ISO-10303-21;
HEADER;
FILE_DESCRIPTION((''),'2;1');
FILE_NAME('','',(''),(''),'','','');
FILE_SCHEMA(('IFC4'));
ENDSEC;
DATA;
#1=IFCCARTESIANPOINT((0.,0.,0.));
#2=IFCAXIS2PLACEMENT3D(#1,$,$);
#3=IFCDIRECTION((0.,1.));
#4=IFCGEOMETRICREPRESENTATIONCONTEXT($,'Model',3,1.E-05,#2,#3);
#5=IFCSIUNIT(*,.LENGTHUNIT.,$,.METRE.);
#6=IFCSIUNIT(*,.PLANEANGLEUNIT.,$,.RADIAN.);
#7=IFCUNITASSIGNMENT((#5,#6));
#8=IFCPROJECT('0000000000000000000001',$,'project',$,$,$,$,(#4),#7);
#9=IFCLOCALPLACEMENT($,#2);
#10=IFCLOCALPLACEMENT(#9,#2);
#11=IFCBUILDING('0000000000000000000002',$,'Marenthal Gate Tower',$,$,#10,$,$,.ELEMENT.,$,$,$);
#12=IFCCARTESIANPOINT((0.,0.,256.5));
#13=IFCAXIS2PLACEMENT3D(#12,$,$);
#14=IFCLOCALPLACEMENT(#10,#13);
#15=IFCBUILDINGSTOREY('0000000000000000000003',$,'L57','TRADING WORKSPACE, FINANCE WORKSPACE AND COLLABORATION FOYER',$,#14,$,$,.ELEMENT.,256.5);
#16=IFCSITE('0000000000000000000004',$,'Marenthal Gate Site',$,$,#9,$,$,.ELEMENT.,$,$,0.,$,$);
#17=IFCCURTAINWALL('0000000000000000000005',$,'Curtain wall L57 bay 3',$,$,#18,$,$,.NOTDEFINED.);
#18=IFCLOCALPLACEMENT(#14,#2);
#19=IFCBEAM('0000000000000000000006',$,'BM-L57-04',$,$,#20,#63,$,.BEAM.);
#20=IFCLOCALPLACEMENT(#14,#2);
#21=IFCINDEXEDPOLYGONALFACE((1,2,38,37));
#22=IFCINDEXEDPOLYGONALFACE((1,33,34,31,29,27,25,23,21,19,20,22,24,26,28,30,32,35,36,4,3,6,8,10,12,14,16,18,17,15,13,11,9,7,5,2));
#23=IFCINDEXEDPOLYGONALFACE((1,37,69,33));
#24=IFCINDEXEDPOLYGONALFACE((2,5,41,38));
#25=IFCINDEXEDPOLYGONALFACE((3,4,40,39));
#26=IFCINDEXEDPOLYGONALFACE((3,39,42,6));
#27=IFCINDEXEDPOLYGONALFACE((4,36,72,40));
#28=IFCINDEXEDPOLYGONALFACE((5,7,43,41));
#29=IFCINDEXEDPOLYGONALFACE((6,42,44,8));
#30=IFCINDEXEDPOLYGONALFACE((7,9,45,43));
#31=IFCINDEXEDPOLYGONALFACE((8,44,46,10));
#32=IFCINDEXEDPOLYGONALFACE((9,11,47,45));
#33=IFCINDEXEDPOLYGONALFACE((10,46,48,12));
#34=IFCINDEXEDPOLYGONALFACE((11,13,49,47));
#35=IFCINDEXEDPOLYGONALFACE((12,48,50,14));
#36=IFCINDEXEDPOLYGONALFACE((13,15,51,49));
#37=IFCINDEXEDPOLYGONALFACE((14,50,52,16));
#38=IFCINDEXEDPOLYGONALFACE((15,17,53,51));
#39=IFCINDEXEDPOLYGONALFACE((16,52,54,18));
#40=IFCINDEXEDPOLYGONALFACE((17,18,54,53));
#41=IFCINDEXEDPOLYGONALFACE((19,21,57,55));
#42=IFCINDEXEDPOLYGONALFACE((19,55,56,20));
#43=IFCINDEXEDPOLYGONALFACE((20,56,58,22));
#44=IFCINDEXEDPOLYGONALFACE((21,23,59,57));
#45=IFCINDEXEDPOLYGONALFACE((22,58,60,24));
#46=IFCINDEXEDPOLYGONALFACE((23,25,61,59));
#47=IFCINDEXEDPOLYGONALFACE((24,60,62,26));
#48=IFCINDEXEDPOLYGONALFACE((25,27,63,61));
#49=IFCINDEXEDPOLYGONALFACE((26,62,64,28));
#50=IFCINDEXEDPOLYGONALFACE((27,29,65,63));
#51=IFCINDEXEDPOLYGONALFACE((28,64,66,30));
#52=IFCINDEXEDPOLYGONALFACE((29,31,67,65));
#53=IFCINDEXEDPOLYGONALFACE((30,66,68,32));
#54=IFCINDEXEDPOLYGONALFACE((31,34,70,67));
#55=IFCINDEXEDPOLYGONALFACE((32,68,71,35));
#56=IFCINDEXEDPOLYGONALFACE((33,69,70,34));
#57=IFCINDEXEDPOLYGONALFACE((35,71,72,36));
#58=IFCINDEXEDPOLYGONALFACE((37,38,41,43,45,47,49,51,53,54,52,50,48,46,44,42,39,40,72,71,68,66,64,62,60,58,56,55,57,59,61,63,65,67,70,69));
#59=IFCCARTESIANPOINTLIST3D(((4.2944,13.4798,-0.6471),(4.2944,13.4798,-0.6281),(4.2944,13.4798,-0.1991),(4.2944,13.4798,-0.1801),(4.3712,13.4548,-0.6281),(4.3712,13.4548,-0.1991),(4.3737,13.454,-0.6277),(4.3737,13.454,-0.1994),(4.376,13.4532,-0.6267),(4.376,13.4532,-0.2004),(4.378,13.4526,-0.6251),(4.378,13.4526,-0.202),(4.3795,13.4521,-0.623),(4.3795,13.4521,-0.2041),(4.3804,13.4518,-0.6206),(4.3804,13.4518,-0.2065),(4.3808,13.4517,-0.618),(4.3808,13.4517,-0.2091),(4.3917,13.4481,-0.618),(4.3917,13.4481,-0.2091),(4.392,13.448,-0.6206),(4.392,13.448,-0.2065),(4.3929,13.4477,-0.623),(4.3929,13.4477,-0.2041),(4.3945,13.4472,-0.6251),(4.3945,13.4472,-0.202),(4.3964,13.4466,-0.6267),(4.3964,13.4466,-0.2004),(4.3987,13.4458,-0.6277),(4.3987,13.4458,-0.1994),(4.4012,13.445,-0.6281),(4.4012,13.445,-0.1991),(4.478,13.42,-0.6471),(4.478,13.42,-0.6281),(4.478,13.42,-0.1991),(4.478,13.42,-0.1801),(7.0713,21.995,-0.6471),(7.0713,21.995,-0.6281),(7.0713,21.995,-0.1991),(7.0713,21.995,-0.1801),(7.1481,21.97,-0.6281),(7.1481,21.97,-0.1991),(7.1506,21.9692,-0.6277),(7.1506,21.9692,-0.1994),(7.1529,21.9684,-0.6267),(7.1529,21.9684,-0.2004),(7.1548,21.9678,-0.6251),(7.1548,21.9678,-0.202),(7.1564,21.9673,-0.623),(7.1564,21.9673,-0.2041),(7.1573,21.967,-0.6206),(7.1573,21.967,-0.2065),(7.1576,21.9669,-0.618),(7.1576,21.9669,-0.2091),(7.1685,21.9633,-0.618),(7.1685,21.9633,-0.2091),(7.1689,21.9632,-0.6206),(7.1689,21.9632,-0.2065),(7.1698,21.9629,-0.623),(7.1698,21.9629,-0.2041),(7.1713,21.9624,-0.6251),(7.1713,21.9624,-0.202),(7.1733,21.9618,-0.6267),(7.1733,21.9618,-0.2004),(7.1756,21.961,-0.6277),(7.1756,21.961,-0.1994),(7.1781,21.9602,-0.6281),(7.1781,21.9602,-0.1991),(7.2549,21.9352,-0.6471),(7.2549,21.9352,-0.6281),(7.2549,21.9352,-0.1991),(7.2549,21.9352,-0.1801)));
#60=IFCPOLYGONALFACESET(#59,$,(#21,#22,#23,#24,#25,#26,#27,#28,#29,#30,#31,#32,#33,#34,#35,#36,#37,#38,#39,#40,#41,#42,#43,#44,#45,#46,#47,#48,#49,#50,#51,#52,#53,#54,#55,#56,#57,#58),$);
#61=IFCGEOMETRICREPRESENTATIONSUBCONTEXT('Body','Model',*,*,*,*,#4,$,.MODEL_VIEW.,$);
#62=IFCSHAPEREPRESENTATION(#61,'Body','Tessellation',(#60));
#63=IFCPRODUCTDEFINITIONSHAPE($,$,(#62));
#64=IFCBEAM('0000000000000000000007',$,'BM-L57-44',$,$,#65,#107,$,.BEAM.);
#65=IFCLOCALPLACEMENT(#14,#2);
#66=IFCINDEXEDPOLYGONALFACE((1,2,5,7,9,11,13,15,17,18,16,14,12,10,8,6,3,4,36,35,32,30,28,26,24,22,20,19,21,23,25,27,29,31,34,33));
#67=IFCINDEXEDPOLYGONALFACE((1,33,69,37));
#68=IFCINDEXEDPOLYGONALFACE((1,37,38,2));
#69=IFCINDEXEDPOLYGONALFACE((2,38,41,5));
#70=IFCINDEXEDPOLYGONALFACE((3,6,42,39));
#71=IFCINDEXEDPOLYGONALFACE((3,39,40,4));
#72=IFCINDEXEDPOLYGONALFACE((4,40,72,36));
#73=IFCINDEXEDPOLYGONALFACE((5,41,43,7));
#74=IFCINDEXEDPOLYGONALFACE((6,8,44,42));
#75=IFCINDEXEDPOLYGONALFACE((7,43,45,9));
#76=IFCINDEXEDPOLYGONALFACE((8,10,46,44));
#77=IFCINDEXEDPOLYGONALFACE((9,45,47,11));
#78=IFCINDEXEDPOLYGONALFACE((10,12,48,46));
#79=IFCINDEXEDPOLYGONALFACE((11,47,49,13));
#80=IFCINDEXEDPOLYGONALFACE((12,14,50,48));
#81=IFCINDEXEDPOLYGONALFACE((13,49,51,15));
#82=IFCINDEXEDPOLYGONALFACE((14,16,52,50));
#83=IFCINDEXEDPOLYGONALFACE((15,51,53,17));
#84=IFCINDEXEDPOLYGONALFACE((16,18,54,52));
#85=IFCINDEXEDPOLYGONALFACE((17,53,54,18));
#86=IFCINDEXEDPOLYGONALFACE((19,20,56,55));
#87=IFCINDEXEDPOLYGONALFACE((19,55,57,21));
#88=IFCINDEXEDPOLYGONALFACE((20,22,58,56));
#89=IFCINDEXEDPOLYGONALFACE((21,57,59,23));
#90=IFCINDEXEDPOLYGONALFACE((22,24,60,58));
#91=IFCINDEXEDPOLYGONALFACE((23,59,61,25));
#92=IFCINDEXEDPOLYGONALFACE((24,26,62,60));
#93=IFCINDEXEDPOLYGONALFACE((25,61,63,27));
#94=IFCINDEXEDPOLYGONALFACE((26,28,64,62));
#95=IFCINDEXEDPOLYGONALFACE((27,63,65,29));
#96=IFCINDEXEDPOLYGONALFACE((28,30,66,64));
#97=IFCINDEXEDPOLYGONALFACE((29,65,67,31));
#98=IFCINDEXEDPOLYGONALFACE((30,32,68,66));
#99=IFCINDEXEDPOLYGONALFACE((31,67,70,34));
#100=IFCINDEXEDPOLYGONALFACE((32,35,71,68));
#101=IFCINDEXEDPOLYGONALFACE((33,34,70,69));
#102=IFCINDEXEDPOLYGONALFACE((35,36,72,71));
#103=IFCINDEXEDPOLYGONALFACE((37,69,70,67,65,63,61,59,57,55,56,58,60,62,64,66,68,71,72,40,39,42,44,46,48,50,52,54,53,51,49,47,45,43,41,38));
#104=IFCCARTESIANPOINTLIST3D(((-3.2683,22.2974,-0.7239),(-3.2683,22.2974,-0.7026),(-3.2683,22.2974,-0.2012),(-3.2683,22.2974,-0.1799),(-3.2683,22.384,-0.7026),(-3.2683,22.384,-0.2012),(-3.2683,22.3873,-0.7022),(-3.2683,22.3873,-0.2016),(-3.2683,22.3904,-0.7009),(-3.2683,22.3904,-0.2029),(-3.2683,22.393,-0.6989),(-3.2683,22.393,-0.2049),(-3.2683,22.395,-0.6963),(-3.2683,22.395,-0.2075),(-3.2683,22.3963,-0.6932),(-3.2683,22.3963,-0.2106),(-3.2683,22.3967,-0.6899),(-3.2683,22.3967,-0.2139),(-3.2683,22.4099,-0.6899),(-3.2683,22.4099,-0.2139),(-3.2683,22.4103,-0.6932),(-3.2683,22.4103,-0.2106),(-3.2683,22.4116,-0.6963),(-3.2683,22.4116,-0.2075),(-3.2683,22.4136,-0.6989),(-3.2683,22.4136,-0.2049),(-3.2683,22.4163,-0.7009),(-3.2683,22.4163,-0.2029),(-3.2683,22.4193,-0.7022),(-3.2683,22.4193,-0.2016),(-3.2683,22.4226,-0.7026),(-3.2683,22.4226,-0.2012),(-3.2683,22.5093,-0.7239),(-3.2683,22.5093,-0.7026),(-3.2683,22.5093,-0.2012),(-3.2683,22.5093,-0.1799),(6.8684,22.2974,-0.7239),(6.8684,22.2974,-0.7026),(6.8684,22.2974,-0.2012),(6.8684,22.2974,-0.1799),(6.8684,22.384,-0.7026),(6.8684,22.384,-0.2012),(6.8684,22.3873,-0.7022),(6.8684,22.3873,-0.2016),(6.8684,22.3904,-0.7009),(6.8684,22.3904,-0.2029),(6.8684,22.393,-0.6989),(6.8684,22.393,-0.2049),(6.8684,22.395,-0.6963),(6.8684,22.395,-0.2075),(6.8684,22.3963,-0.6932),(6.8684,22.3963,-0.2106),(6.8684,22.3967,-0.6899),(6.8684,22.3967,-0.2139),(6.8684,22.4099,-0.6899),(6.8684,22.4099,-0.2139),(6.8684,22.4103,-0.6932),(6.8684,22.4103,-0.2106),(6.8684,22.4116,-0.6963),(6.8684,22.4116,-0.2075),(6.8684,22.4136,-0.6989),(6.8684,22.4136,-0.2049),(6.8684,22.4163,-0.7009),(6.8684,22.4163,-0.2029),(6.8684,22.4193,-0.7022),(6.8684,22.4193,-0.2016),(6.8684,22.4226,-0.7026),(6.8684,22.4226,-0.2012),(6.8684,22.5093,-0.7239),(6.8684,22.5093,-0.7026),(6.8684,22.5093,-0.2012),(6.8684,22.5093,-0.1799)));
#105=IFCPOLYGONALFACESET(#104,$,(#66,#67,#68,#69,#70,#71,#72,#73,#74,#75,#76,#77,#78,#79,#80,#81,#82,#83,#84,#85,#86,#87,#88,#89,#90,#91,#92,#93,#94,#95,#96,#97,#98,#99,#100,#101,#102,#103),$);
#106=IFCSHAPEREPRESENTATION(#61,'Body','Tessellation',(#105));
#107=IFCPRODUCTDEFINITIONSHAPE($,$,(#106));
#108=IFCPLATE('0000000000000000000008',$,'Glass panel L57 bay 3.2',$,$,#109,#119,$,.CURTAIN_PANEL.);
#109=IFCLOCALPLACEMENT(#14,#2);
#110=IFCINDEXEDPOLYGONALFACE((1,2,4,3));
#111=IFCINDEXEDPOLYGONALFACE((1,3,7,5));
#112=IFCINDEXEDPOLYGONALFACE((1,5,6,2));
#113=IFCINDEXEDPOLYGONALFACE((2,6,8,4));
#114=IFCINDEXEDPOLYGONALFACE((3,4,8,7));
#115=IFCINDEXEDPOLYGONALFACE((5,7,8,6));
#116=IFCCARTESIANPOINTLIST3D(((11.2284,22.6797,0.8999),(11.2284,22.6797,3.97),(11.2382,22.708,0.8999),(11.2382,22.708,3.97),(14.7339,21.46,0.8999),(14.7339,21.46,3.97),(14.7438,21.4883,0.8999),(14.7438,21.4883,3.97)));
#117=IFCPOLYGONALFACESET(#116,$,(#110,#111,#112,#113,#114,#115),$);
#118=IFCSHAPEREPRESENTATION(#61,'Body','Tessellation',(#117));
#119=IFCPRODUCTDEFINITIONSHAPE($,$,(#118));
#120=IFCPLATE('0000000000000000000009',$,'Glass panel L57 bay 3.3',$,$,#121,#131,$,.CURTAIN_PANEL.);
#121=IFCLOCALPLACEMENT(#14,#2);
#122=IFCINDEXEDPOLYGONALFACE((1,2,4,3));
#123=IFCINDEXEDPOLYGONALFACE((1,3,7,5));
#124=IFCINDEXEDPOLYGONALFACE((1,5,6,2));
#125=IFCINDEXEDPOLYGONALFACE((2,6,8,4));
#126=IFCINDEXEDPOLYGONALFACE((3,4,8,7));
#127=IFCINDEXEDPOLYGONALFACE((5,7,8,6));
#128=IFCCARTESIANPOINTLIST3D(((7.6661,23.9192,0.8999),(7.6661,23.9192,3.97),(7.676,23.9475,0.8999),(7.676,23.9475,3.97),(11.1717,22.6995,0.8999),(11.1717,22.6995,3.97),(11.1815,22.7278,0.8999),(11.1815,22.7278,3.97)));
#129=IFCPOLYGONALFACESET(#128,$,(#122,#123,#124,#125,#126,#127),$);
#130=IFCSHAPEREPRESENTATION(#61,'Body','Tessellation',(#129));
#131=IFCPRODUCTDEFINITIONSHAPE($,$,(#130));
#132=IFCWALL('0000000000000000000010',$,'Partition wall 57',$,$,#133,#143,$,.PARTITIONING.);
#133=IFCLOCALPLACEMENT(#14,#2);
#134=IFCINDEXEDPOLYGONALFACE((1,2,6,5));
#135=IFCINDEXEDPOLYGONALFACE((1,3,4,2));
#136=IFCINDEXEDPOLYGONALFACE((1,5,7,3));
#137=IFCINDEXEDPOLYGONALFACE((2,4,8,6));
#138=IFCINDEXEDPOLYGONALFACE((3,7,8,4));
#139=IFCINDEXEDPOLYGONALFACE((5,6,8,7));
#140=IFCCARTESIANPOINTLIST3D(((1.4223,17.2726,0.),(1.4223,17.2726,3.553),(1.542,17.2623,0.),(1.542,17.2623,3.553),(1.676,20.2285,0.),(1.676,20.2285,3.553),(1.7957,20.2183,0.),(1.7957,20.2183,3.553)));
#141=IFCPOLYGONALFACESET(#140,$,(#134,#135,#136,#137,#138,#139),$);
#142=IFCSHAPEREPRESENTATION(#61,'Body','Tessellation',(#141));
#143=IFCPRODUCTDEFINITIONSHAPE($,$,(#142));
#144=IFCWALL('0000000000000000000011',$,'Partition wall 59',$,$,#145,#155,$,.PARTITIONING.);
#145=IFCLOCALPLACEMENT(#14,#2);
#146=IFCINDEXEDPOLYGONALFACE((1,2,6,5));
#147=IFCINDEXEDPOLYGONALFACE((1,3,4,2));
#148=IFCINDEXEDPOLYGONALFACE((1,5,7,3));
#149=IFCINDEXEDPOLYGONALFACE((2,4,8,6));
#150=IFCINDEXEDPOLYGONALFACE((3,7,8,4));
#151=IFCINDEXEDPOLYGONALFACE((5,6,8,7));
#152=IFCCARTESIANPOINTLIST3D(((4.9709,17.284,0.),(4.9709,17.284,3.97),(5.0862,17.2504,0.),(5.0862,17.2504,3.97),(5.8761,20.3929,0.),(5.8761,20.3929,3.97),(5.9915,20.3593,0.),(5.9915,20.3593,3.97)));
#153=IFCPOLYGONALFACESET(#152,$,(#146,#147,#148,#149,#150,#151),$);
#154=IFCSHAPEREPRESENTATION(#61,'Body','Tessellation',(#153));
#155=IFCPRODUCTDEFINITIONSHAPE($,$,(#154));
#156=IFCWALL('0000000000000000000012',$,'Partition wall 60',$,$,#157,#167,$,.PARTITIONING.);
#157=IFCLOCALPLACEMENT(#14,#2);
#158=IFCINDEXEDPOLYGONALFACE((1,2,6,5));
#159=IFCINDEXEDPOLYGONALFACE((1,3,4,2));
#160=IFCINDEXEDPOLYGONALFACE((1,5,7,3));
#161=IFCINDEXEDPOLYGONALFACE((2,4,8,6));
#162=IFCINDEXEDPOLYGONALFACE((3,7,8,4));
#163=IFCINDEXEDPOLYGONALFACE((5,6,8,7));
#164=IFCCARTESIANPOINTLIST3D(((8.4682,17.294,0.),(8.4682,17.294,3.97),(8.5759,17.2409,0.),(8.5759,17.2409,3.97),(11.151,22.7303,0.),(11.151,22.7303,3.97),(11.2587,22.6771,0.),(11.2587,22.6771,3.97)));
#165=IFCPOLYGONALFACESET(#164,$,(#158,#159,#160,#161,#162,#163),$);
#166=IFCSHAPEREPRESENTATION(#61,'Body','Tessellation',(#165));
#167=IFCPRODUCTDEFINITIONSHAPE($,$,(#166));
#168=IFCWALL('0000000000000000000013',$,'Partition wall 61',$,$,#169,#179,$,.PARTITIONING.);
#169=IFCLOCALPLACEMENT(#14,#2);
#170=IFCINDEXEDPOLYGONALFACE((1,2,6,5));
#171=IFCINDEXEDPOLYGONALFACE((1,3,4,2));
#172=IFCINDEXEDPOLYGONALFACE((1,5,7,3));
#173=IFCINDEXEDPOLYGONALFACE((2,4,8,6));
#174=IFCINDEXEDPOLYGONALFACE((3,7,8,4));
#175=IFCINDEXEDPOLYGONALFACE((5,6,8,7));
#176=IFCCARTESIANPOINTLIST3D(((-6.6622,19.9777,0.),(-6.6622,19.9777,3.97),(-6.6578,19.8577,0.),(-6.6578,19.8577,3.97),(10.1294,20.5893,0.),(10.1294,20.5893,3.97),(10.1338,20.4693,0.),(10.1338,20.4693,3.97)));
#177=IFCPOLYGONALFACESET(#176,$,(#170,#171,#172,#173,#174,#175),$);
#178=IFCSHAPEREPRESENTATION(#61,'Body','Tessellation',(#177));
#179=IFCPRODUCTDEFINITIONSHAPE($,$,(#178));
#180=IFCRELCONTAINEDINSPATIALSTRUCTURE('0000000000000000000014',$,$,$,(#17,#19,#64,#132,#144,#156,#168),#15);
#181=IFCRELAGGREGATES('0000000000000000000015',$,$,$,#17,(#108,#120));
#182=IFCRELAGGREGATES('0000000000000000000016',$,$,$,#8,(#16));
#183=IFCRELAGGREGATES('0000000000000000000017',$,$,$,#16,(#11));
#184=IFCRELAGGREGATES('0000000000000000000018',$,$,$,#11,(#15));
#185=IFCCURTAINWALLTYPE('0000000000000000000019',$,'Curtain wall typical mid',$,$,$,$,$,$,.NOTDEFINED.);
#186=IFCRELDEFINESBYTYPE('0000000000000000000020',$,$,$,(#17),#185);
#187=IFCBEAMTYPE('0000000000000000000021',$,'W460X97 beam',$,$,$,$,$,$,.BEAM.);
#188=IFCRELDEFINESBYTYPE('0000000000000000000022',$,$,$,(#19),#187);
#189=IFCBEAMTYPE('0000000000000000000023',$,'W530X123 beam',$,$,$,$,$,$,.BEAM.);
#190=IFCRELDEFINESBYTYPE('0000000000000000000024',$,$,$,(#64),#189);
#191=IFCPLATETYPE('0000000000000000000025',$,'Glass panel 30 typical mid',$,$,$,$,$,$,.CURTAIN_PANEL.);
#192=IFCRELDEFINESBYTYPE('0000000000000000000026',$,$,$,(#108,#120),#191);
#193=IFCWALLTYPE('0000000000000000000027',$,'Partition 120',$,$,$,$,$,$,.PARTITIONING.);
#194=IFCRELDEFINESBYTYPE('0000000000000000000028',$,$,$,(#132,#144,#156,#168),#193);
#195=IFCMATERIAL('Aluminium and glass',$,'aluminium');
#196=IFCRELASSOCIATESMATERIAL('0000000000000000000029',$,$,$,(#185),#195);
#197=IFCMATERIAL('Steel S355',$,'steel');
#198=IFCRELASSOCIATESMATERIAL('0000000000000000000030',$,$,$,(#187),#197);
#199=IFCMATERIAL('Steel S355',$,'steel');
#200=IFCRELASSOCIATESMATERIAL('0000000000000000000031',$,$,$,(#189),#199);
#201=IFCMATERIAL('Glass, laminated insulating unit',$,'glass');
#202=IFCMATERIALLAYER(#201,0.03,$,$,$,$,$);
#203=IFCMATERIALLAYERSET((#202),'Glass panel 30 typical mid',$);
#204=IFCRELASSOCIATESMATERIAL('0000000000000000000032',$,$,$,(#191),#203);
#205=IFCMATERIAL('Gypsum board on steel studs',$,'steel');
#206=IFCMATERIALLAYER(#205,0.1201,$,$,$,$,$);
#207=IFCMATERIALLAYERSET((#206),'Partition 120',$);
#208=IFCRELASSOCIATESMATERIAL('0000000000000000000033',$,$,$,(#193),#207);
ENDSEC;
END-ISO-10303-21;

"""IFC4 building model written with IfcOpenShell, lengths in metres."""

from ifc_helpers import new_model, si_unit, direction, frame, frame_2d, origin, origin_2d, place, context, subcontext, project, spatial, rectangle, i_section, extrude, material, layer, layer_set, material_profile, profile_set, type_object, element, aggregate, save


model = new_model("IFC4")

# Units and contexts
model_context = context("Model", 3, precision=1e-05, world=origin(), true_north=direction((0.0, 1.0)))
body_context = subcontext(model_context, "Body", "Model", "MODEL_VIEW")
ifc_project = project(units=[si_unit("LENGTHUNIT", "METRE"), si_unit("PLANEANGLEUNIT", "RADIAN")], contexts=[model_context])

# Site, building, storey
site_placement = place(None, origin())
site = spatial("IfcSite", under=ifc_project, at=site_placement, Name="Marenthal Gate Site", CompositionType="ELEMENT", RefElevation=0.0)
building_placement = place(site_placement, origin())
building = spatial("IfcBuilding", under=site, at=building_placement, Name="Marenthal Gate Tower", CompositionType="ELEMENT")
storey_placement = place(building_placement, frame((0.0, 0.0, 256.5)))
storey = spatial("IfcBuildingStorey", under=building, at=storey_placement, Name="L57", Description="TRADING WORKSPACE, FINANCE WORKSPACE AND COLLABORATION FOYER", CompositionType="ELEMENT", Elevation=256.5)

# Curtain wall
ifc_material_1 = material(Name="Aluminium and glass", Category="aluminium")
curtain_wall_type = type_object("IfcCurtainWallType", Name="Curtain wall typical mid", PredefinedType="NOTDEFINED", material=ifc_material_1)
curtain_wall_placement = place(storey_placement, origin())
curtain_wall = element("IfcCurtainWall", 1, at=curtain_wall_placement, inside=storey, type_object=curtain_wall_type, Name="Curtain wall L57 bay 3", PredefinedType="NOTDEFINED")

# Beams
ifc_material_2 = material(Name="Steel S355", Category="steel")
ifc_material_profile_1 = material_profile(ifc_material_2, i_section(OverallWidth=0.1931, OverallDepth=0.467, WebThickness=0.0115, FlangeThickness=0.019, FilletRadius=0.01, at=origin_2d()), Name="W460X97")
ifc_profile_set_1 = profile_set([ifc_material_profile_1], Name="Steel S355")
beam_type_1 = type_object("IfcBeamType", Name="W460X97 beam", PredefinedType="BEAM", material=ifc_profile_set_1)
beam_1_placement = place(storey_placement, frame((7.1631, 21.9651, -0.4136), z_axis=(-0.310039, -0.950724, 0.0), x_axis=(0.950724, -0.310039, 0.0)))
element("IfcBeam", 2, at=beam_1_placement, inside=storey, type_object=beam_type_1, Name="BM-L57-04", PredefinedType="BEAM", context=body_context, shape_type="SweptSolid", body=[
    extrude(i_section(OverallWidth=0.1931, OverallDepth=0.467, WebThickness=0.0115, FlangeThickness=0.019, FilletRadius=0.01, at=origin_2d()), origin(), (0.0, 0.0, 1.0), 8.9565),
])
ifc_material_3 = material(Name="Steel S355", Category="steel")
ifc_material_profile_2 = material_profile(ifc_material_3, i_section(OverallWidth=0.2119, OverallDepth=0.5439, WebThickness=0.0132, FlangeThickness=0.0212, FilletRadius=0.0127, at=origin_2d()), Name="W530X123")
ifc_profile_set_2 = profile_set([ifc_material_profile_2], Name="Steel S355")
beam_type_2 = type_object("IfcBeamType", Name="W530X123 beam", PredefinedType="BEAM", material=ifc_profile_set_2)
beam_2_placement = place(storey_placement, frame((6.8684, 22.4033, -0.4519), z_axis=(-1.0, 0.0, 0.0), x_axis=(0.0, -1.0, 0.0)))
element("IfcBeam", 3, at=beam_2_placement, inside=storey, type_object=beam_type_2, Name="BM-L57-44", PredefinedType="BEAM", context=body_context, shape_type="SweptSolid", body=[
    extrude(i_section(OverallWidth=0.2119, OverallDepth=0.5439, WebThickness=0.0132, FlangeThickness=0.0212, FilletRadius=0.0127, at=origin_2d()), origin(), (0.0, 0.0, 1.0), 10.1367),
])

# Plates
ifc_material_4 = material(Name="Glass, laminated insulating unit", Category="glass")
ifc_layer_1 = layer(ifc_material_4, 0.03)
ifc_layer_set_1 = layer_set([ifc_layer_1], Name="Glass panel 30 typical mid")
plate_type = type_object("IfcPlateType", Name="Glass panel 30 typical mid", PredefinedType="CURTAIN_PANEL", material=ifc_layer_set_1)
plate_1_placement = place(storey_placement, frame((12.9861, 22.084, 0.8999), z_axis=(0.0, 0.0, 1.0), x_axis=(-0.944465, 0.328612, 0.0)))
plate_1 = element("IfcPlate", 4, at=plate_1_placement, type_object=plate_type, Name="Glass panel L57 bay 3.2", PredefinedType="CURTAIN_PANEL", context=body_context, shape_type="SweptSolid", body=[
    extrude(rectangle(XDim=3.7117, YDim=0.03, at=origin_2d()), origin(), (0.0, 0.0, 1.0), 3.0701),
])
plate_2_placement = place(storey_placement, frame((9.4238, 23.3235, 0.8999), z_axis=(0.0, 0.0, 1.0), x_axis=(-0.944465, 0.328612, 0.0)))
plate_2 = element("IfcPlate", 5, at=plate_2_placement, type_object=plate_type, Name="Glass panel L57 bay 3.3", PredefinedType="CURTAIN_PANEL", context=body_context, shape_type="SweptSolid", body=[
    extrude(rectangle(XDim=3.7117, YDim=0.03, at=origin_2d()), origin(), (0.0, 0.0, 1.0), 3.0701),
])
aggregate(curtain_wall, [plate_1, plate_2])

# Walls
ifc_material_5 = material(Name="Gypsum board on steel studs", Category="steel")
ifc_layer_2 = layer(ifc_material_5, 0.1201)
ifc_layer_set_2 = layer_set([ifc_layer_2], Name="Partition 120")
wall_type_1 = type_object("IfcWallType", Name="Partition 120", PredefinedType="PARTITIONING", material=ifc_layer_set_2)
wall_1_placement = place(storey_placement, frame((1.7358, 20.2234, 0.0), z_axis=(0.0, 0.0, 1.0), x_axis=(-0.085497, -0.996338, 0.0)))
element("IfcWall", 6, at=wall_1_placement, inside=storey, type_object=wall_type_1, Name="Partition wall 57", PredefinedType="PARTITIONING", context=body_context, shape_type="SweptSolid", body=[
    extrude(rectangle(XDim=2.9668, YDim=0.1201, at=frame_2d((1.4834, 0.0))), origin(), (0.0, 0.0, 1.0), 3.553),
])
wall_2_placement = place(storey_placement, frame((5.9338, 20.3762, 0.0), z_axis=(0.0, 0.0, 1.0), x_axis=(-0.279577, -0.960123, 0.0)))
element("IfcWall", 7, at=wall_2_placement, inside=storey, type_object=wall_type_1, Name="Partition wall 59", PredefinedType="PARTITIONING", context=body_context, shape_type="SweptSolid", body=[
    extrude(rectangle(XDim=3.238, YDim=0.1201, at=frame_2d((1.6191, 0.0))), origin(), (0.0, 0.0, 1.0), 3.97),
])
wall_3_placement = place(storey_placement, frame((8.522, 17.2673, 0.0), z_axis=(0.0, 0.0, 1.0), x_axis=(0.442552, 0.896743, 0.0)))
element("IfcWall", 8, at=wall_3_placement, inside=storey, type_object=wall_type_1, Name="Partition wall 60", PredefinedType="PARTITIONING", context=body_context, shape_type="SweptSolid", body=[
    extrude(rectangle(XDim=6.0623, YDim=0.1201, at=frame_2d((3.0312, 0.0))), origin(), (0.0, 0.0, 1.0), 3.97),
])
wall_4_placement = place(storey_placement, frame((10.1316, 20.5293, 0.0), z_axis=(0.0, 0.0, 1.0), x_axis=(-0.999337, -0.036397, 0.0)))
element("IfcWall", 9, at=wall_4_placement, inside=storey, type_object=wall_type_1, Name="Partition wall 61", PredefinedType="PARTITIONING", context=body_context, shape_type="SweptSolid", body=[
    extrude(rectangle(XDim=16.8027, YDim=0.1201, at=frame_2d((8.4014, 0.0))), origin(), (0.0, 0.0, 1.0), 3.97),
])

save(model, "model.ifc")
